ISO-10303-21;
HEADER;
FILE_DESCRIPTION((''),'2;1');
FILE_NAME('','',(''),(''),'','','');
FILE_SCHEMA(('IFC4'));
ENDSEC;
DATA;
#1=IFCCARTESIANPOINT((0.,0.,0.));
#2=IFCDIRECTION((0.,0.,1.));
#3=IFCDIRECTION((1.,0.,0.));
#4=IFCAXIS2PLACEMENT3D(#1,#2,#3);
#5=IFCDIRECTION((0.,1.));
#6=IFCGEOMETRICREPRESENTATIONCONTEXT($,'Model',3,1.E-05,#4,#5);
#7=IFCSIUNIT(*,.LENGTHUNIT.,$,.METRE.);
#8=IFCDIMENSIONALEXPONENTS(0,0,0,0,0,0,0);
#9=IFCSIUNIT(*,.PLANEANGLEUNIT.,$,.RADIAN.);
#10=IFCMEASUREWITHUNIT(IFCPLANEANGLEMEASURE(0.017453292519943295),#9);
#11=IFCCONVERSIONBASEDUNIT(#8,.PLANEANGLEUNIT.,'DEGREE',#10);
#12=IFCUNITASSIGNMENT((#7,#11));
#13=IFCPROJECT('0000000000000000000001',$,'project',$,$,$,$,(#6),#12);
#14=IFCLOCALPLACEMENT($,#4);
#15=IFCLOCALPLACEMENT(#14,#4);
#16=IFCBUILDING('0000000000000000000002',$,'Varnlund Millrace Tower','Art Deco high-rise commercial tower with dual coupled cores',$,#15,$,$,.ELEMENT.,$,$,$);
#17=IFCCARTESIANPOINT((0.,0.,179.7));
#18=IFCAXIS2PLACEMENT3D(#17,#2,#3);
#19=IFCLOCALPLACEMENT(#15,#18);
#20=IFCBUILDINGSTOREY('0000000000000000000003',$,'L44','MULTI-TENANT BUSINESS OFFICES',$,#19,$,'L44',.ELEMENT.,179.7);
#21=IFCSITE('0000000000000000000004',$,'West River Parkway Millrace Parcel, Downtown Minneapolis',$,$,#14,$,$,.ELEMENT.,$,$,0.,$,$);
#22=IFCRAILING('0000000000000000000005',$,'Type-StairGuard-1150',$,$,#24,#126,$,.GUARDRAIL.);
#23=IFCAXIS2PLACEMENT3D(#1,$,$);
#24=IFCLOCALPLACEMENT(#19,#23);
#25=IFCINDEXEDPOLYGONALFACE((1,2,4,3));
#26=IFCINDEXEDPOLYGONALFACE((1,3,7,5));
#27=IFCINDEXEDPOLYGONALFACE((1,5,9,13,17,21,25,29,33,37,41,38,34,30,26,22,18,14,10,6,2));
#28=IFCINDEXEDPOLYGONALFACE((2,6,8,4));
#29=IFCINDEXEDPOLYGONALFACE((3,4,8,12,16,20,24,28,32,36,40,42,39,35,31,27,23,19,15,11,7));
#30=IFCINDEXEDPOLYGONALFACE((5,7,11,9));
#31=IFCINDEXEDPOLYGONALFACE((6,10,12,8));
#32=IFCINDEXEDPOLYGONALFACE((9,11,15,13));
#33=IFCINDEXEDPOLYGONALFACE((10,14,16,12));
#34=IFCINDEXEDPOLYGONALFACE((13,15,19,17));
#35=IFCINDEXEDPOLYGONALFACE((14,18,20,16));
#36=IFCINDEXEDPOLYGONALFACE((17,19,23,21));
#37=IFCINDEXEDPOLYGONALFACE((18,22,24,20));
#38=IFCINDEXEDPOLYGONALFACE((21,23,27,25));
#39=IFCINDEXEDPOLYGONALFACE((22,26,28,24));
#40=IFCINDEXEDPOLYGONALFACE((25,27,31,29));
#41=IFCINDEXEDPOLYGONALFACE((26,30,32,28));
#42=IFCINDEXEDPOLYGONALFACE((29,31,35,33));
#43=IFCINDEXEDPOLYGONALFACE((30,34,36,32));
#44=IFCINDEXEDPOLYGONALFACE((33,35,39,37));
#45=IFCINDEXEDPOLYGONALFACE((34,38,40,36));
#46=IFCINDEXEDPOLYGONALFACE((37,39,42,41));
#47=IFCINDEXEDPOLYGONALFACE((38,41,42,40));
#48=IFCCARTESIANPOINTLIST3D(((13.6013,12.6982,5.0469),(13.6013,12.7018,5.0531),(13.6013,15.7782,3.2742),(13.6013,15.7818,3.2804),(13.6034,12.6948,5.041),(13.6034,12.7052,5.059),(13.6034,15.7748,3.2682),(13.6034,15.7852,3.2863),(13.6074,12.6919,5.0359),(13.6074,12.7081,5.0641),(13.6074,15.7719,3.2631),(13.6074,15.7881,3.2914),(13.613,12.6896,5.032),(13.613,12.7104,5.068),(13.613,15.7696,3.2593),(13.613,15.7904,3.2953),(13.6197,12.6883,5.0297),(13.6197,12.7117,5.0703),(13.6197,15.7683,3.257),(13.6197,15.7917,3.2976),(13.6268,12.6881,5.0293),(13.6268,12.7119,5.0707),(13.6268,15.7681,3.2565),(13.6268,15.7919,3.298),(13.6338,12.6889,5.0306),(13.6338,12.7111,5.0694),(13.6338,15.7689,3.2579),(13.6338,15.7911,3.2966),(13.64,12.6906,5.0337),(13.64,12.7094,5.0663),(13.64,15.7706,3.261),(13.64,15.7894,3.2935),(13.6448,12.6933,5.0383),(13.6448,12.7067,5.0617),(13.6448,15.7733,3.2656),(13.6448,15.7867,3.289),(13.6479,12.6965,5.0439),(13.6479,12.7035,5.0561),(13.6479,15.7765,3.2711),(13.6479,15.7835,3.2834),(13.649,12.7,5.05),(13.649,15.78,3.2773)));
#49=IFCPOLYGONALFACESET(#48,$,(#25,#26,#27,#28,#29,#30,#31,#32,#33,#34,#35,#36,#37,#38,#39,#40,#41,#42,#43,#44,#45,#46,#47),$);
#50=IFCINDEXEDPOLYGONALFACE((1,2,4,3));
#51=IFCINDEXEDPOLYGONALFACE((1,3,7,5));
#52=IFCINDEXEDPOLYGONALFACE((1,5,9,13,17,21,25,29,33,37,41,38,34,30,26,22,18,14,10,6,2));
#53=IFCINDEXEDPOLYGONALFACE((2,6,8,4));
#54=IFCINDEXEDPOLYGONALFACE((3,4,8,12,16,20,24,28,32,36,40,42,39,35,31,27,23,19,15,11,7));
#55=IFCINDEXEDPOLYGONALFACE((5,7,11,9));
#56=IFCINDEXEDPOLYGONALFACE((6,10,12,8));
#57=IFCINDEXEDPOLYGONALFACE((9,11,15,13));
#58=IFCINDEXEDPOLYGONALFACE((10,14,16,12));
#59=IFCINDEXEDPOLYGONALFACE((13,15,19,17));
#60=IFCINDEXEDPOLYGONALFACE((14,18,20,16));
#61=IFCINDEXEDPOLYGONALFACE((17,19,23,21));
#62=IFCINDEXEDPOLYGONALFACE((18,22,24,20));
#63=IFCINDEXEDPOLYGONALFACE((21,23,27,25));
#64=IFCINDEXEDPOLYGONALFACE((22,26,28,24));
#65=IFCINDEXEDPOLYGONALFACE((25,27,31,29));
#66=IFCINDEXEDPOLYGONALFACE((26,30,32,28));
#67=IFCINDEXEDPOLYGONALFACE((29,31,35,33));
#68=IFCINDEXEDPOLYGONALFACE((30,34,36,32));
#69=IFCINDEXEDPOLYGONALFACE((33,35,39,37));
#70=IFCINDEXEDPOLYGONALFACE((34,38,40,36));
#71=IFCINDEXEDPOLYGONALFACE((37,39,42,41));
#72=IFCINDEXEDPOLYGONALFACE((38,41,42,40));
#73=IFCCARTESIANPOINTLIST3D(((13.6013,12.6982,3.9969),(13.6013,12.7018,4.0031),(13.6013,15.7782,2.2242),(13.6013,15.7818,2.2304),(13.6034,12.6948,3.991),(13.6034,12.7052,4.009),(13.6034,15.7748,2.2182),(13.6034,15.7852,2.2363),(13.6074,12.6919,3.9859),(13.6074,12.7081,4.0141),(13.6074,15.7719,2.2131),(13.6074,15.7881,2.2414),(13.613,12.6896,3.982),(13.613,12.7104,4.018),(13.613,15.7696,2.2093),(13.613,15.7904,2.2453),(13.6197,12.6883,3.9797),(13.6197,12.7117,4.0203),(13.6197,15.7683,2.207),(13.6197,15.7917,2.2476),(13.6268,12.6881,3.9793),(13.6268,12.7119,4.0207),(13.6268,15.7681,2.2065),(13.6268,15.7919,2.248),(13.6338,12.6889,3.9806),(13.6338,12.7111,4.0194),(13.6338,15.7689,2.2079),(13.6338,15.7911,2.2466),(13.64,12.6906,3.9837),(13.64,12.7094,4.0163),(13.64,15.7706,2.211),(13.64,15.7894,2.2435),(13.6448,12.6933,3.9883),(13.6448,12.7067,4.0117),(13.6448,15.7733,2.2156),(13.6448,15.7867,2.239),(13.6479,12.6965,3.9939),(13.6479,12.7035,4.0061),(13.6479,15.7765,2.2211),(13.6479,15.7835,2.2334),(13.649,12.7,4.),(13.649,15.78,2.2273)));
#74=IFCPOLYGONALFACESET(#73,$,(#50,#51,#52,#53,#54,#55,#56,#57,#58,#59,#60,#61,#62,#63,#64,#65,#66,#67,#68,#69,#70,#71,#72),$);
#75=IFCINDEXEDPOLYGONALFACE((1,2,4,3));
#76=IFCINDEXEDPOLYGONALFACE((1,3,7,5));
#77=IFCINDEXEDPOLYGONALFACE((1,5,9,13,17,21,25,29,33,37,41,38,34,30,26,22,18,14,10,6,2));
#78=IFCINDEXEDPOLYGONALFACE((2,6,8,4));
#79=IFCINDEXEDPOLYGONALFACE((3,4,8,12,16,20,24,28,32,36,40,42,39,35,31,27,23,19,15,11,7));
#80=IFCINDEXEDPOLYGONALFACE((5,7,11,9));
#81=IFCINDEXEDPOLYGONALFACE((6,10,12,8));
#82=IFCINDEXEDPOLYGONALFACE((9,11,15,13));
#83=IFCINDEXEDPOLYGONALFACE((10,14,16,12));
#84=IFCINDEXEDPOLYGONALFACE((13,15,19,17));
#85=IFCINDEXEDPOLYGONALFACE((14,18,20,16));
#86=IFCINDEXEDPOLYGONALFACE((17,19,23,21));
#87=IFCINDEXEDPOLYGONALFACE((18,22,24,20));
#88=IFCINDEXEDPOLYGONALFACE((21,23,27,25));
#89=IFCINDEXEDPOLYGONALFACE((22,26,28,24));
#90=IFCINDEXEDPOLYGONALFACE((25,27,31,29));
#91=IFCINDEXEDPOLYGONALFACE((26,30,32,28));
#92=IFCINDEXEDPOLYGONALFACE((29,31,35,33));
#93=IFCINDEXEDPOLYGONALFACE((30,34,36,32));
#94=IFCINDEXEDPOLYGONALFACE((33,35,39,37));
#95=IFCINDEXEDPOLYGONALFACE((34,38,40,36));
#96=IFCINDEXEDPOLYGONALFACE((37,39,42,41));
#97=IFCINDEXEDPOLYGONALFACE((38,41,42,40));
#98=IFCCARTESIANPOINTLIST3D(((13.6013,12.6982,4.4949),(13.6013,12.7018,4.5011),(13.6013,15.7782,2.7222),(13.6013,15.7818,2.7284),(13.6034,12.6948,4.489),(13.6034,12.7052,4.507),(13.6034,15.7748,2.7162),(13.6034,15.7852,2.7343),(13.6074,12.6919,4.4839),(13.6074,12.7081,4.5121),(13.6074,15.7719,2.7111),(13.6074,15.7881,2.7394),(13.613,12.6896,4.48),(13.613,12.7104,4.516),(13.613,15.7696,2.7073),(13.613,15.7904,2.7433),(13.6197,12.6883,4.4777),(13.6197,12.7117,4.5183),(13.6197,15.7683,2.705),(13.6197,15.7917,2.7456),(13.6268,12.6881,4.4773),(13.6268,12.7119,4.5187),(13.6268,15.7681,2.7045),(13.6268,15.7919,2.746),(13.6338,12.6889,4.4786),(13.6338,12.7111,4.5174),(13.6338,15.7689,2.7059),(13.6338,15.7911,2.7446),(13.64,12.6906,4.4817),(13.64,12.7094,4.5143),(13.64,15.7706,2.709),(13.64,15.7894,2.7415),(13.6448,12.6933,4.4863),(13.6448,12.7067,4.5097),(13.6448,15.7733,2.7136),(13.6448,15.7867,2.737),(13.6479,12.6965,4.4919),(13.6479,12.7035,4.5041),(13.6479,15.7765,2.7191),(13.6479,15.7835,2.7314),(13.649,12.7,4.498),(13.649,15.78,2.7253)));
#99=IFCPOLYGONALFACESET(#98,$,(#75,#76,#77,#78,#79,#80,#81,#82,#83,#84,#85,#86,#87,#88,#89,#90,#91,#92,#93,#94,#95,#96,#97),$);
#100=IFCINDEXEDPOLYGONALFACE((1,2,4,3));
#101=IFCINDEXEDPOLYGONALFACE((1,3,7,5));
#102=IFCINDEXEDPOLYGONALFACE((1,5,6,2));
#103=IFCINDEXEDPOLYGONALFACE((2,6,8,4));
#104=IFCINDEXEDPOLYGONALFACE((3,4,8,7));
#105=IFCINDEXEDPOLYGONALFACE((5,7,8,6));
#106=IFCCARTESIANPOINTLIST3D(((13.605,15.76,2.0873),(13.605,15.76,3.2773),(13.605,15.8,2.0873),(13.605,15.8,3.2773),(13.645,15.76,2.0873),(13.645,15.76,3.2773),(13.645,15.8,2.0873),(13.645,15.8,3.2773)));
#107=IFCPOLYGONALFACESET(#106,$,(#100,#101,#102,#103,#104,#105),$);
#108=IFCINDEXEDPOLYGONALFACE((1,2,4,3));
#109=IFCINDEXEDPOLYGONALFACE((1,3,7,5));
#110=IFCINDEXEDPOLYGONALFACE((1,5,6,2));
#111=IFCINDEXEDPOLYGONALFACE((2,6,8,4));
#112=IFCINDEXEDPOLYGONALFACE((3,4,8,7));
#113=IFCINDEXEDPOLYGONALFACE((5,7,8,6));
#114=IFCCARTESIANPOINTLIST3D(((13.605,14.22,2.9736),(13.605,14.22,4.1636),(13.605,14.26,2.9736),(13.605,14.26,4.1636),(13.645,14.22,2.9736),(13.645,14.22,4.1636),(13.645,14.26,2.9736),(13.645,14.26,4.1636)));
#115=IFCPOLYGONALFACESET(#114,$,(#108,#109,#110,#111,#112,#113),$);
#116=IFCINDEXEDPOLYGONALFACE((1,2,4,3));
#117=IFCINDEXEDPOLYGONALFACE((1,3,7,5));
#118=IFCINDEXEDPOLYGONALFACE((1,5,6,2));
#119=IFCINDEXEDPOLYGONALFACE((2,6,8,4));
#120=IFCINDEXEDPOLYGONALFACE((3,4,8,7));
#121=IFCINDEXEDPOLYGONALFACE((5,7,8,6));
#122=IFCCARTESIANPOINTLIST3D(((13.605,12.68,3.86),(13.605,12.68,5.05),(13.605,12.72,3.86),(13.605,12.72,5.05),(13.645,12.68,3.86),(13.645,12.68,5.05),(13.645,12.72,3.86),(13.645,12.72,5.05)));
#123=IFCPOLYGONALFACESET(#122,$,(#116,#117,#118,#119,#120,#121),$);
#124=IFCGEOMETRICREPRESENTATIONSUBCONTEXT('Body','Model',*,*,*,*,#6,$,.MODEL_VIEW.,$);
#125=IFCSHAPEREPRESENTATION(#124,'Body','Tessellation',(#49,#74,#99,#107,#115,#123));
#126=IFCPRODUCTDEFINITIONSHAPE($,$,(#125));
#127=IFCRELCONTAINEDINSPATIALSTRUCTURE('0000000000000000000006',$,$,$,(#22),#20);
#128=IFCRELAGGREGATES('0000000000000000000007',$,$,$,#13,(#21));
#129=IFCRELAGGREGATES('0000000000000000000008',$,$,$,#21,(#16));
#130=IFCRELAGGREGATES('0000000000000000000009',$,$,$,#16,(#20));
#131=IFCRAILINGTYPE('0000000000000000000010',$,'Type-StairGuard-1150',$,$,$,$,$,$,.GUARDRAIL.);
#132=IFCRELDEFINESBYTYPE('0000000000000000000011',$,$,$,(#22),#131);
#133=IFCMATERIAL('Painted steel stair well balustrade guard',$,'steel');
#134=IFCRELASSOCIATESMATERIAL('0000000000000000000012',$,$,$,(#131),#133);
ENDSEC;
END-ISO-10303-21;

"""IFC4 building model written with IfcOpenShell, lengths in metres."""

from ifc_helpers import new_model, entity, si_unit, converted_unit, direction, frame, origin_with_axes, origin_2d_with_axis, place, context, subcontext, project, spatial, rectangle, circle, extrude, material, type_object, element, save


model = new_model("IFC4")

# Units and contexts
model_context = context("Model", 3, precision=1e-05, world=origin_with_axes(), true_north=direction((0.0, 1.0)))
body_context = subcontext(model_context, "Body", "Model", "MODEL_VIEW")
ifc_project = project(units=[si_unit("LENGTHUNIT", "METRE"), converted_unit("PLANEANGLEUNIT", "DEGREE", entity("IfcPlaneAngleMeasure", 0.017453292519943295), si_unit("PLANEANGLEUNIT", "RADIAN"), dimensions=[0, 0, 0, 0, 0, 0, 0])], contexts=[model_context])

# Site, building, storey
site_placement = place(None, origin_with_axes())
site = spatial("IfcSite", under=ifc_project, at=site_placement, Name="West River Parkway Millrace Parcel, Downtown Minneapolis", CompositionType="ELEMENT", RefElevation=0.0)
building_placement = place(site_placement, origin_with_axes())
building = spatial("IfcBuilding", under=site, at=building_placement, Name="Varnlund Millrace Tower", Description="Art Deco high-rise commercial tower with dual coupled cores", CompositionType="ELEMENT")
storey_placement = place(building_placement, frame((0.0, 0.0, 179.7), z_axis=(0.0, 0.0, 1.0), x_axis=(1.0, 0.0, 0.0)))
storey = spatial("IfcBuildingStorey", under=building, at=storey_placement, Name="L44", Description="MULTI-TENANT BUSINESS OFFICES", LongName="L44", CompositionType="ELEMENT", Elevation=179.7)

# Railing
ifc_material_1 = material(Name="Painted steel stair well balustrade guard", Category="steel")
railing_type_1 = type_object("IfcRailingType", Name="Type-StairGuard-1150", PredefinedType="GUARDRAIL", material=ifc_material_1)
railing_1_placement = place(storey_placement, frame((0.0, 0.0, -179.7), z_axis=(0.0, 0.0, 1.0), x_axis=(1.0, 0.0, 0.0)))
element("IfcRailing", 1, at=railing_1_placement, inside=storey, type_object=railing_type_1, Name="Type-StairGuard-1150", PredefinedType="GUARDRAIL", context=body_context, shape_type="SweptSolid", body=[
    extrude(circle(Radius=0.024, at=origin_2d_with_axis()), frame((13.625, 15.78, 182.9773), z_axis=(0.0, -0.866696, 0.498836), x_axis=(1.0, 0.0, 0.0)), (0.0, 0.0, 1.0), 3.5537),
    extrude(circle(Radius=0.024, at=origin_2d_with_axis()), frame((13.625, 15.78, 181.9273), z_axis=(0.0, -0.866696, 0.498836), x_axis=(1.0, 0.0, 0.0)), (0.0, 0.0, 1.0), 3.5537),
    extrude(circle(Radius=0.024, at=origin_2d_with_axis()), frame((13.625, 15.78, 182.4253), z_axis=(0.0, -0.866696, 0.498836), x_axis=(1.0, 0.0, 0.0)), (0.0, 0.0, 1.0), 3.5537),
    extrude(rectangle(XDim=0.04, YDim=0.04, at=origin_2d_with_axis()), frame((13.625, 15.78, 181.7873), z_axis=(0.0, 0.0, 1.0), x_axis=(1.0, 0.0, 0.0)), (0.0, 0.0, 1.0), 1.19),
    extrude(rectangle(XDim=0.04, YDim=0.04, at=origin_2d_with_axis()), frame((13.625, 14.24, 182.6736), z_axis=(0.0, 0.0, 1.0), x_axis=(1.0, 0.0, 0.0)), (0.0, 0.0, 1.0), 1.19),
    extrude(rectangle(XDim=0.04, YDim=0.04, at=origin_2d_with_axis()), frame((13.625, 12.7, 183.56), z_axis=(0.0, 0.0, 1.0), x_axis=(1.0, 0.0, 0.0)), (0.0, 0.0, 1.0), 1.19),
])

save(model, "model.ifc")
